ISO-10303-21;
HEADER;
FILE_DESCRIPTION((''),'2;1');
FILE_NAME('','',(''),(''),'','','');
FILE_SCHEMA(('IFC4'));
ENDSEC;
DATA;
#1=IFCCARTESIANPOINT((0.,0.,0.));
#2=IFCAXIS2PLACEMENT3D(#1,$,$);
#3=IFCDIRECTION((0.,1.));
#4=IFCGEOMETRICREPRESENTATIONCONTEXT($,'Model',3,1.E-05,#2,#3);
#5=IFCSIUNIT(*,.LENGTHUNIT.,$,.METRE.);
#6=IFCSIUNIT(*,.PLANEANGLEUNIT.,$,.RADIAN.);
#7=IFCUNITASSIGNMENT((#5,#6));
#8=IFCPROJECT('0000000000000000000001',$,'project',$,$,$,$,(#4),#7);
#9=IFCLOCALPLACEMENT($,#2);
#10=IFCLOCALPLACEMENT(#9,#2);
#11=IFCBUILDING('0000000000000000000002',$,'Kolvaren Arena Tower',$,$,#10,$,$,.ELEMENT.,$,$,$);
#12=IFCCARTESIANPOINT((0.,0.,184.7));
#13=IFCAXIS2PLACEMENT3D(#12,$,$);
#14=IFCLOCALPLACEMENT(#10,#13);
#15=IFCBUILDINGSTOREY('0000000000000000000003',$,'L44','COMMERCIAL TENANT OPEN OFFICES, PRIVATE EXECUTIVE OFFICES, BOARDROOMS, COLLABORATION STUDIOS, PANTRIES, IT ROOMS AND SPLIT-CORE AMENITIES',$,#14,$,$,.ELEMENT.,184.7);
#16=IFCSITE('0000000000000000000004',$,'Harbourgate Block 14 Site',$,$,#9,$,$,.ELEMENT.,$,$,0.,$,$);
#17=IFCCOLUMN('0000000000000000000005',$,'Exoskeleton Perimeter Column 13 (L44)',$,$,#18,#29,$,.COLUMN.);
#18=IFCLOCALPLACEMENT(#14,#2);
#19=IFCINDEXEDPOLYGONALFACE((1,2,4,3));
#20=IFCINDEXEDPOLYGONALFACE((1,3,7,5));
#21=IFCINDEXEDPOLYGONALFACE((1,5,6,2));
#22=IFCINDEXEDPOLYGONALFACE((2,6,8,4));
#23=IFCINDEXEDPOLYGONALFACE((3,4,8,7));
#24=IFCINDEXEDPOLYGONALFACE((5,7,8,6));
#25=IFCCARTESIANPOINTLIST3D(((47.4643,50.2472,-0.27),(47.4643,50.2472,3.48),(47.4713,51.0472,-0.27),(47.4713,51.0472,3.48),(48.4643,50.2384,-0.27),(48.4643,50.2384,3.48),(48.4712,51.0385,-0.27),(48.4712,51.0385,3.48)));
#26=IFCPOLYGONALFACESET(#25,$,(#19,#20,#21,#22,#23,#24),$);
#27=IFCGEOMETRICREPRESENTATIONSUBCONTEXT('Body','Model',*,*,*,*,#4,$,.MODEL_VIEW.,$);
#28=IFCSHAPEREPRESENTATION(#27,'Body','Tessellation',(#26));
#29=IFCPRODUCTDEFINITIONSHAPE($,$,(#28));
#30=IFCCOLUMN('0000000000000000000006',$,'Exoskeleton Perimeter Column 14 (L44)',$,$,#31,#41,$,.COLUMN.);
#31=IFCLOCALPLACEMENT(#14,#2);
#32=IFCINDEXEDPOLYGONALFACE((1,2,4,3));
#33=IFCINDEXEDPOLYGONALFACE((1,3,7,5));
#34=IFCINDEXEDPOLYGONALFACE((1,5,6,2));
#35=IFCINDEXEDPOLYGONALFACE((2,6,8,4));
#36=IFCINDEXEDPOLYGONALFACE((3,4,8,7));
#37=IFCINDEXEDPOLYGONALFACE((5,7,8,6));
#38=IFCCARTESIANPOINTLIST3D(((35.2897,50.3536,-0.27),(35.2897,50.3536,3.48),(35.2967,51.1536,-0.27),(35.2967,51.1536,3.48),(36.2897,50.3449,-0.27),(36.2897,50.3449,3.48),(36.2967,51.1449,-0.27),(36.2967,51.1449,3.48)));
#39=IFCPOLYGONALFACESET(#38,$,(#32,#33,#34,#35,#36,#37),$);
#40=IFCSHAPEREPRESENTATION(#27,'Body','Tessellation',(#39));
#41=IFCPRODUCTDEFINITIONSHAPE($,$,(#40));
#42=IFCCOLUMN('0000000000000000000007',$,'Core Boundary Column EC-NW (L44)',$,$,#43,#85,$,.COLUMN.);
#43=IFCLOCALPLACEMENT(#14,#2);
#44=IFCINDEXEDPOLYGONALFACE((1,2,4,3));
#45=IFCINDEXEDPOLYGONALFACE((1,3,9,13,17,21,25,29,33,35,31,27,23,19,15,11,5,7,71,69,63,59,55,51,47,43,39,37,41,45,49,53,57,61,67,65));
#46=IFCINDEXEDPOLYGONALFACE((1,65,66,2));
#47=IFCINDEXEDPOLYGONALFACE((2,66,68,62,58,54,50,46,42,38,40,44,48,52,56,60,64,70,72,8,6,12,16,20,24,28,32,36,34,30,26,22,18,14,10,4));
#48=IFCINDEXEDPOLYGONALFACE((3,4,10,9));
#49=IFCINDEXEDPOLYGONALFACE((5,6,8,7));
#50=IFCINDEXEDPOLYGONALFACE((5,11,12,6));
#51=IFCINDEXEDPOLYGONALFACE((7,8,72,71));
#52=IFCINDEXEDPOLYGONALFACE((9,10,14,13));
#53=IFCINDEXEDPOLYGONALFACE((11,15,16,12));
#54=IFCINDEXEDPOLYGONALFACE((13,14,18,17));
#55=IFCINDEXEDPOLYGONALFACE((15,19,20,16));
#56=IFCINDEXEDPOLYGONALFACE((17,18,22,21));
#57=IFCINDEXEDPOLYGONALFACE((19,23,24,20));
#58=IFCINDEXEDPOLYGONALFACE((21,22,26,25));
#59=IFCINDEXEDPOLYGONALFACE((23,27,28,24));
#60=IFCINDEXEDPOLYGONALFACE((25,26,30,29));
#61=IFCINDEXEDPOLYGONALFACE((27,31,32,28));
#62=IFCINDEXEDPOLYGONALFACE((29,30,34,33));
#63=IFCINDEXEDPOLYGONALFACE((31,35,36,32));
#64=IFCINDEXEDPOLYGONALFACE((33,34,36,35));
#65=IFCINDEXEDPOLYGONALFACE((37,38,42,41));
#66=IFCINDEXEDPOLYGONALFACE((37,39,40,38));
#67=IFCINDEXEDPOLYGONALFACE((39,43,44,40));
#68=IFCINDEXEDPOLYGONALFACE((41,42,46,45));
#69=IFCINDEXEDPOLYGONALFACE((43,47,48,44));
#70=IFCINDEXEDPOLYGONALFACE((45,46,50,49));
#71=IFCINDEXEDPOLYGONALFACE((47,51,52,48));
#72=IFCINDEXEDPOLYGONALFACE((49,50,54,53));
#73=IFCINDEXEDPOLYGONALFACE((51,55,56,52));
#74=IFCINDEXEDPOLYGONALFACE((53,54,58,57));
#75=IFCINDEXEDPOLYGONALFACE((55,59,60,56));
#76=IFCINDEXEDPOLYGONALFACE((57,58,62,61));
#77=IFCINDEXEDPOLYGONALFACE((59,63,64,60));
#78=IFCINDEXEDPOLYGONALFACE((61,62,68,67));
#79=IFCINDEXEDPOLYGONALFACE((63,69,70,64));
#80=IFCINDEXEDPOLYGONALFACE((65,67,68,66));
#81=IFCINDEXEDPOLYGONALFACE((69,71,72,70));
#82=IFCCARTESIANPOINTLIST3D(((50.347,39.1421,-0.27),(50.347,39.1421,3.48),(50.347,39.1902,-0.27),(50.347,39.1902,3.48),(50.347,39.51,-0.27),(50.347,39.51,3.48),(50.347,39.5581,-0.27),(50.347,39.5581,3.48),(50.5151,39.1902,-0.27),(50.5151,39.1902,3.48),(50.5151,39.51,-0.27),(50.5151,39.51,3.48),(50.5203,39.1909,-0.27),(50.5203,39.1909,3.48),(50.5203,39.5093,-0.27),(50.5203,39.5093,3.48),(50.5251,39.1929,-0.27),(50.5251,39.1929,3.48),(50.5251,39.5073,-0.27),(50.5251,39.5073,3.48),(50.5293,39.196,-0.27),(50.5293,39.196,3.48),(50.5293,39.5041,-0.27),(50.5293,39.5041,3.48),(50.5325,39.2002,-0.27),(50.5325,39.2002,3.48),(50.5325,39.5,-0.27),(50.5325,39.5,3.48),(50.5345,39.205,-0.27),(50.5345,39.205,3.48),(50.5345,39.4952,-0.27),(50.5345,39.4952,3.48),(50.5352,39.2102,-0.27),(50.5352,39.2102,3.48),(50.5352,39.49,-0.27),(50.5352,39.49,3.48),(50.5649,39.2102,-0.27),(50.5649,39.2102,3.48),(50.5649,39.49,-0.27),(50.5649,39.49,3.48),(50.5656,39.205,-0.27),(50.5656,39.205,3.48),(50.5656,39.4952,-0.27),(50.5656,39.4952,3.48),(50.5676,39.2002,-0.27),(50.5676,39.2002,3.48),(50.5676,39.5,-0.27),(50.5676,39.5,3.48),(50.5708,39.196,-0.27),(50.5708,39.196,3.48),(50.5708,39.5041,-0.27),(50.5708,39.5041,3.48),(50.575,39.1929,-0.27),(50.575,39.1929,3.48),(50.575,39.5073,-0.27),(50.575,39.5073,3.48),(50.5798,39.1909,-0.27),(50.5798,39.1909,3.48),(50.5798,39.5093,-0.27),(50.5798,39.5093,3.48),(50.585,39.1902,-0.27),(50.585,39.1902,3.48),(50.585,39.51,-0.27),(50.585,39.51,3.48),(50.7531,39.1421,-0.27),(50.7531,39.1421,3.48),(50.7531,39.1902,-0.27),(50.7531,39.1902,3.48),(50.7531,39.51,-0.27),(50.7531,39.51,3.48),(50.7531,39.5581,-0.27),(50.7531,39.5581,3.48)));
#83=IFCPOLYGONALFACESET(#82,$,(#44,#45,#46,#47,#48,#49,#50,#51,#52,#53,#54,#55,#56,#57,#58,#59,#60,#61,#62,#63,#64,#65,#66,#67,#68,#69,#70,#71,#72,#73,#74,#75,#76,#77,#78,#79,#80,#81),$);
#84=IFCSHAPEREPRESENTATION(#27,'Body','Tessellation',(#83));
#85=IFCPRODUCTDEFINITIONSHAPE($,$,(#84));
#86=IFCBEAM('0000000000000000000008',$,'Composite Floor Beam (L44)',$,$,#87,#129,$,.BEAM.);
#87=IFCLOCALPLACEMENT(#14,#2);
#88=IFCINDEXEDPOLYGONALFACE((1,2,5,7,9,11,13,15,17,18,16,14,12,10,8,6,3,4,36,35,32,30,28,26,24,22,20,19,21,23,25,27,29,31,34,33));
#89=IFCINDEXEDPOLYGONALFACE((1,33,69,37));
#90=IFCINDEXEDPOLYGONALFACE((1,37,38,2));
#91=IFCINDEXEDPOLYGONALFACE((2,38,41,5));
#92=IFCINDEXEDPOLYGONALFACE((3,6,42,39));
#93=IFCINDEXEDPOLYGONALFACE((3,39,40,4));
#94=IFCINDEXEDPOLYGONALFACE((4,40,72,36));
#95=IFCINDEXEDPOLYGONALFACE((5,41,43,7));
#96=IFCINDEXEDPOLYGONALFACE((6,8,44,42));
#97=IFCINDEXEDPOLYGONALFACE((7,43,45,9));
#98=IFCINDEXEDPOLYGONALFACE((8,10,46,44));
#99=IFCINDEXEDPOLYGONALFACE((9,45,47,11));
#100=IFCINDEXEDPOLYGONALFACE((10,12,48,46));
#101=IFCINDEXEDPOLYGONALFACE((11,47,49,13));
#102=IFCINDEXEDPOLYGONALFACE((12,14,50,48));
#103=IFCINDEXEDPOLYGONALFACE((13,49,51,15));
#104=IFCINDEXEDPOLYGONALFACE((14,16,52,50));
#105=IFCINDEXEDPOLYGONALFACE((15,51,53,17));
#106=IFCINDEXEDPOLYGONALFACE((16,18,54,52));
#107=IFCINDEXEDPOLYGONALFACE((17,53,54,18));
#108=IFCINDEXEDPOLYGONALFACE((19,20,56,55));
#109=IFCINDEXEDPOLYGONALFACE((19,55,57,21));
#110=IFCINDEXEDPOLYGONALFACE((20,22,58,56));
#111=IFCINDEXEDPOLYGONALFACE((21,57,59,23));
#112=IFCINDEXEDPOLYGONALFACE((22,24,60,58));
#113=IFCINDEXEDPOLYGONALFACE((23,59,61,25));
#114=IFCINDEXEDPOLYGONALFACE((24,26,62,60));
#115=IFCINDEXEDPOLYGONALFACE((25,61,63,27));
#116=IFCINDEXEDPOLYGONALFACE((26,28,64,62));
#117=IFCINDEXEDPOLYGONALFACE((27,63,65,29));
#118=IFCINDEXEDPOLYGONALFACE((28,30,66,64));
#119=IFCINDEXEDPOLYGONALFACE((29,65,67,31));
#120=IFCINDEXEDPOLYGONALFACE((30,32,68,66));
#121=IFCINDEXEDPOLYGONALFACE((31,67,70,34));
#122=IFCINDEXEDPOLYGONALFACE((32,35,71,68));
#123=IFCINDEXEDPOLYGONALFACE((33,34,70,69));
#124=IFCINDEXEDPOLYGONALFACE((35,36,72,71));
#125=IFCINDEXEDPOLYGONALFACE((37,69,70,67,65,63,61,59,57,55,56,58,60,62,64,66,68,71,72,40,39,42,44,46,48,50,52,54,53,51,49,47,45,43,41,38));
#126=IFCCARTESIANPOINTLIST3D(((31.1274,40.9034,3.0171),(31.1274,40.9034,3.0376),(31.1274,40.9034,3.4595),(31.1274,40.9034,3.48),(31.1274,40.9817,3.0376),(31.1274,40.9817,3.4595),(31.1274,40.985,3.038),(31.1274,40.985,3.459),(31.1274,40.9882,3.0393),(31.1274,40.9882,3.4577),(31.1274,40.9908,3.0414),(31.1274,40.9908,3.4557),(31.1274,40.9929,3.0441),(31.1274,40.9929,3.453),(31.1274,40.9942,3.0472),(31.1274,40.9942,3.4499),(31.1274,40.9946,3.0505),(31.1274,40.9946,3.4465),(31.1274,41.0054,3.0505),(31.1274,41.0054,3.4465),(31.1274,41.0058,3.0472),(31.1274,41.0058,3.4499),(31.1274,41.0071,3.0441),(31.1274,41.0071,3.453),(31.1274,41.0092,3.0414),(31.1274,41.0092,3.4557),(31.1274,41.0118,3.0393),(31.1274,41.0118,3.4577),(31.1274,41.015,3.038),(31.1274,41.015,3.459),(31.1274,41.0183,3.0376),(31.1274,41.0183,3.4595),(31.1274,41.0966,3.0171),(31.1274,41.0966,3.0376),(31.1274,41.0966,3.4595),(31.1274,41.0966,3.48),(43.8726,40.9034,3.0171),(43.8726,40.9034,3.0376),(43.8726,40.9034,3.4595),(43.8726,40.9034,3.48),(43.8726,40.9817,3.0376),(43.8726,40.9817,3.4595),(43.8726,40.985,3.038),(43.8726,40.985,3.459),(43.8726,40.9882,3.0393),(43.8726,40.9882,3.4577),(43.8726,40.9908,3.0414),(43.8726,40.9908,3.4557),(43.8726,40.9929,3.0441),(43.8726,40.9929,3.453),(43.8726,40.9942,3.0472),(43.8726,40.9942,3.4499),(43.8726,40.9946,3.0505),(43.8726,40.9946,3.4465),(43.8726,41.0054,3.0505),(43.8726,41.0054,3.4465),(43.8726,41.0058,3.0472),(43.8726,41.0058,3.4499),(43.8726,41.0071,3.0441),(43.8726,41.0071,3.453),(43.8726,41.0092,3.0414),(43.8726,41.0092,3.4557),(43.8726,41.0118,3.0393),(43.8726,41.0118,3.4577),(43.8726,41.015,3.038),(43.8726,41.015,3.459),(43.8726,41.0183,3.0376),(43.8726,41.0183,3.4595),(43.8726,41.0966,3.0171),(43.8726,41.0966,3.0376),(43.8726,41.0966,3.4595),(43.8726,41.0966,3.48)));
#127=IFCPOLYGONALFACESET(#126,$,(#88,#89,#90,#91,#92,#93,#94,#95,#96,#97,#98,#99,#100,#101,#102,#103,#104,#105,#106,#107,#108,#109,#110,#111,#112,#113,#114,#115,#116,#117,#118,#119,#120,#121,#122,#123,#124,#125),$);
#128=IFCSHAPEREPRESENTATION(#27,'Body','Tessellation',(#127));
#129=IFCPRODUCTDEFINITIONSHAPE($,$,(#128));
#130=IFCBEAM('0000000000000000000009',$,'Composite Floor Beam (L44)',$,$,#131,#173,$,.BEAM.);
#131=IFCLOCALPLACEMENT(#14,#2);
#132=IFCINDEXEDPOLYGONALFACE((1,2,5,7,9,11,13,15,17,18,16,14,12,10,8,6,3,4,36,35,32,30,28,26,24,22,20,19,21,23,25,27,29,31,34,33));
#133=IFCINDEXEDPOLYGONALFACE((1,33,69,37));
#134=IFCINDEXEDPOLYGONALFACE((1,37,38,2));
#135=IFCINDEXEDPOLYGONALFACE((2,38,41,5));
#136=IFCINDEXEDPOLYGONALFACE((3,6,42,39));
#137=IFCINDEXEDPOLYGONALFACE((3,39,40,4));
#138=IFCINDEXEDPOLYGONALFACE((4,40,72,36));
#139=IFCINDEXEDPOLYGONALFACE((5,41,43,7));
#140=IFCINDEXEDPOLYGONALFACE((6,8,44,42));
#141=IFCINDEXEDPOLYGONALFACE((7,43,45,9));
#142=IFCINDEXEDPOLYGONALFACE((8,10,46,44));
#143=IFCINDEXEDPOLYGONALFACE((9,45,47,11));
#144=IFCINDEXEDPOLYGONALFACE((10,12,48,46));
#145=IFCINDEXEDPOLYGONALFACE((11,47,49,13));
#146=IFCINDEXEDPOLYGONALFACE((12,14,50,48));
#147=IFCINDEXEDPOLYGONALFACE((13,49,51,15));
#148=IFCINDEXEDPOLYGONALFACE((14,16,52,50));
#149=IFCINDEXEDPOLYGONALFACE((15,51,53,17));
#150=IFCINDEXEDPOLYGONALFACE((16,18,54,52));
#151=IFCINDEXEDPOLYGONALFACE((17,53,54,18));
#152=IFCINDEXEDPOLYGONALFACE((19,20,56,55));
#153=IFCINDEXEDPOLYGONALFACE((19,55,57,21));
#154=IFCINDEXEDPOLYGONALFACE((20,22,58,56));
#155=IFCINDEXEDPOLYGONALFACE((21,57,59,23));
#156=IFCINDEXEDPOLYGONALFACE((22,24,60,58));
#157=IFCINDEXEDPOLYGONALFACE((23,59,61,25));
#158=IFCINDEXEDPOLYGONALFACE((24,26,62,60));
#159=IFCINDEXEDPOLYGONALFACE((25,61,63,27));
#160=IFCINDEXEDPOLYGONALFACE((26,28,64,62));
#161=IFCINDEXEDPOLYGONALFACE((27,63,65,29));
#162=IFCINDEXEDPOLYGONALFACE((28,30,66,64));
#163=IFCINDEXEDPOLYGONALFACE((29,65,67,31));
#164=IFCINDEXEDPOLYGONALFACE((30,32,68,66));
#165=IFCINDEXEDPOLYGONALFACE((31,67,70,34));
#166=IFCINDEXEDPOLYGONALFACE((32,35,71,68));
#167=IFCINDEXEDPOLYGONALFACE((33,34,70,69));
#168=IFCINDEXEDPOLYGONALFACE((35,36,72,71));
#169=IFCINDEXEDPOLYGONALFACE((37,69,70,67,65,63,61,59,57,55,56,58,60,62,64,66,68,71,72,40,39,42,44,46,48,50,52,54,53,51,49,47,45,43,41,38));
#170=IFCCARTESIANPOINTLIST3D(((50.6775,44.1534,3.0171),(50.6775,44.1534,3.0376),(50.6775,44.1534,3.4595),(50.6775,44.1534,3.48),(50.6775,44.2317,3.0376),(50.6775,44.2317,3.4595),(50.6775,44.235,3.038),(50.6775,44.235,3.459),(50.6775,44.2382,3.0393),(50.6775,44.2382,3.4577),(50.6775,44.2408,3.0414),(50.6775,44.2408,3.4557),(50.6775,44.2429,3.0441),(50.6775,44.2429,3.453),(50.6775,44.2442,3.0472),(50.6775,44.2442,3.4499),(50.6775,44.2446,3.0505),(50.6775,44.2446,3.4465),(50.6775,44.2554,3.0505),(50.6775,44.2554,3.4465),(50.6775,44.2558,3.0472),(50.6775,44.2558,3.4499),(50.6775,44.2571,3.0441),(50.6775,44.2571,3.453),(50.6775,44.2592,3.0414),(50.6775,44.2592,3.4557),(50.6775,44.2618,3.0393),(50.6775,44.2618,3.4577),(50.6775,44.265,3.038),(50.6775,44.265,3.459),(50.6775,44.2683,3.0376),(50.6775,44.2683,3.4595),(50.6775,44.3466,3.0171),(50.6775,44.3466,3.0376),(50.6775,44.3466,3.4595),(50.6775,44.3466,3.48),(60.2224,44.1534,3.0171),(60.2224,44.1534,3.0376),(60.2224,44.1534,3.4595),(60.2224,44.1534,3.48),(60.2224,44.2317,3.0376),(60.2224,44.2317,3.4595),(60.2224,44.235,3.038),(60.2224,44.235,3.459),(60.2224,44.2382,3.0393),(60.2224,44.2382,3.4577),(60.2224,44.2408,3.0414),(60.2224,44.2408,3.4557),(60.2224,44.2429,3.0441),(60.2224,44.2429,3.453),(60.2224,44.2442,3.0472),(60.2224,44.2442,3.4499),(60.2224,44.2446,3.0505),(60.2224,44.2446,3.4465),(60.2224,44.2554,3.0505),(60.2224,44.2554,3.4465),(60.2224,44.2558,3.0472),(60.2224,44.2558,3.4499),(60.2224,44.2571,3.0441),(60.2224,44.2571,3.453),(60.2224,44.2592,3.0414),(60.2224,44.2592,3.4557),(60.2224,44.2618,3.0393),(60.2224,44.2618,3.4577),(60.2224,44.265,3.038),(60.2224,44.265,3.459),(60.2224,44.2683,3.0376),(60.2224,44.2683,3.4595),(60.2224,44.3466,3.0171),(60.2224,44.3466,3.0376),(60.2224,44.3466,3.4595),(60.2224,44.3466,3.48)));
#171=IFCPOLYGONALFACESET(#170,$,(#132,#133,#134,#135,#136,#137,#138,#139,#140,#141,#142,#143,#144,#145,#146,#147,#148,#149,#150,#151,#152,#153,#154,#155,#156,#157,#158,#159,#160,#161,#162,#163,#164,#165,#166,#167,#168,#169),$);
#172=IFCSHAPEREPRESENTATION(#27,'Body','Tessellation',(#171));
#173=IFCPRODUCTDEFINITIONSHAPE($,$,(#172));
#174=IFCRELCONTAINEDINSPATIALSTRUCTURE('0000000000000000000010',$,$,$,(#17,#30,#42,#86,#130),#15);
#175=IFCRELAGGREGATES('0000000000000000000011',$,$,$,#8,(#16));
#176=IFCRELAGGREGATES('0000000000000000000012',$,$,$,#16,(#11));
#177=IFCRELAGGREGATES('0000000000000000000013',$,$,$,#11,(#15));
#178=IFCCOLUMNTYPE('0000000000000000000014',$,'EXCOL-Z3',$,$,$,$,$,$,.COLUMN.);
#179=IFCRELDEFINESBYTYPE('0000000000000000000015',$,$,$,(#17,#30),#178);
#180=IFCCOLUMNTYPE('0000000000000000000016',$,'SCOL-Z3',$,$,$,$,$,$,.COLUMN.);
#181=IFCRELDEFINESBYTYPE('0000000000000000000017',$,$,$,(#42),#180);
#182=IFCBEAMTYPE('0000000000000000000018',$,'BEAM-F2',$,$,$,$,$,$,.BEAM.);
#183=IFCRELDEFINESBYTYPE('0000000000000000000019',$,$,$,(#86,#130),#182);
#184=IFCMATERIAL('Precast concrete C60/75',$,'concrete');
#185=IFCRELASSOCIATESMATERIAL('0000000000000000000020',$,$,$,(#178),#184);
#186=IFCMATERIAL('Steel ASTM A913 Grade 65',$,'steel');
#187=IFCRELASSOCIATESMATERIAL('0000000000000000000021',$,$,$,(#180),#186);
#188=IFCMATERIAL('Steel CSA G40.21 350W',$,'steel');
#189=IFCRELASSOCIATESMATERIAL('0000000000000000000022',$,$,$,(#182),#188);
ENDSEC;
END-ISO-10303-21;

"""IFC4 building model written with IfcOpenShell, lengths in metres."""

from ifc_helpers import new_model, si_unit, direction, frame, origin, origin_2d, place, context, subcontext, project, spatial, rectangle, i_section, extrude, material, material_profile, profile_set, type_object, element, save


model = new_model("IFC4")

# Units and contexts
model_context = context("Model", 3, precision=1e-05, world=origin(), true_north=direction((0.0, 1.0)))
body_context = subcontext(model_context, "Body", "Model", "MODEL_VIEW")
ifc_project = project(units=[si_unit("LENGTHUNIT", "METRE"), si_unit("PLANEANGLEUNIT", "RADIAN")], contexts=[model_context])

# Site, building, storey
site_placement = place(None, origin())
site = spatial("IfcSite", under=ifc_project, at=site_placement, Name="Harbourgate Block 14 Site", CompositionType="ELEMENT", RefElevation=0.0)
building_placement = place(site_placement, origin())
building = spatial("IfcBuilding", under=site, at=building_placement, Name="Kolvaren Arena Tower", CompositionType="ELEMENT")
storey_placement = place(building_placement, frame((0.0, 0.0, 184.7)))
storey = spatial("IfcBuildingStorey", under=building, at=storey_placement, Name="L44", Description="COMMERCIAL TENANT OPEN OFFICES, PRIVATE EXECUTIVE OFFICES, BOARDROOMS, COLLABORATION STUDIOS, PANTRIES, IT ROOMS AND SPLIT-CORE AMENITIES", CompositionType="ELEMENT", Elevation=184.7)

# Columns
ifc_material_1 = material(Name="Precast concrete C60/75", Category="concrete")
ifc_material_profile_1 = material_profile(ifc_material_1, rectangle(XDim=1.0, YDim=0.8, at=origin_2d()), Name="RC-1000x800")
ifc_profile_set_1 = profile_set([ifc_material_profile_1], Name="Precast concrete C60/75")
column_type_1 = type_object("IfcColumnType", Name="EXCOL-Z3", PredefinedType="COLUMN", material=ifc_profile_set_1)
for number, where, z_axis, x_axis, name in (
    (1, (47.9678, 50.6428, -0.27), (0.0, 0.0, 1.0), (0.999962, -0.008727, 0.0), "Exoskeleton Perimeter Column 13 (L44)"),
    (2, (35.7932, 50.7493, -0.27), (0.0, 0.0, 1.0), (0.999962, -0.008727, 0.0), "Exoskeleton Perimeter Column 14 (L44)"),
):
    element("IfcColumn", number, at=place(storey_placement, frame(where, z_axis=z_axis, x_axis=x_axis)), inside=storey, type_object=column_type_1, Name=name, PredefinedType="COLUMN", context=body_context, shape_type="SweptSolid", body=[
        extrude(rectangle(XDim=1.0, YDim=0.8, at=origin_2d()), origin(), (0.0, 0.0, 1.0), 3.75),
    ])
ifc_material_2 = material(Name="Steel ASTM A913 Grade 65", Category="steel")
ifc_material_profile_2 = material_profile(ifc_material_2, i_section(OverallWidth=0.406, OverallDepth=0.416, WebThickness=0.0298, FlangeThickness=0.0481, FilletRadius=0.02, at=origin_2d()), Name="W360x382")
ifc_profile_set_2 = profile_set([ifc_material_profile_2], Name="Steel ASTM A913 Grade 65")
column_type_2 = type_object("IfcColumnType", Name="SCOL-Z3", PredefinedType="COLUMN", material=ifc_profile_set_2)
column_placement = place(storey_placement, frame((50.55, 39.3501, -0.27), z_axis=(0.0, 0.0, 1.0), x_axis=(1.0, 0.0, 0.0)))
element("IfcColumn", 3, at=column_placement, inside=storey, type_object=column_type_2, Name="Core Boundary Column EC-NW (L44)", PredefinedType="COLUMN", context=body_context, shape_type="SweptSolid", body=[
    extrude(i_section(OverallWidth=0.406, OverallDepth=0.416, WebThickness=0.0298, FlangeThickness=0.0481, FilletRadius=0.02, at=origin_2d()), origin(), (0.0, 0.0, 1.0), 3.75),
])

# Beams
ifc_material_3 = material(Name="Steel CSA G40.21 350W", Category="steel")
ifc_material_profile_3 = material_profile(ifc_material_3, i_section(OverallWidth=0.1931, OverallDepth=0.4629, WebThickness=0.0107, FlangeThickness=0.0205, FilletRadius=0.0129, at=origin_2d()), Name="W460x113")
ifc_profile_set_3 = profile_set([ifc_material_profile_3], Name="Steel CSA G40.21 350W")
beam_type_1 = type_object("IfcBeamType", Name="BEAM-F2", PredefinedType="BEAM", material=ifc_profile_set_3)
beam_1_placement = place(storey_placement, frame((31.1274, 41.0, 3.2485), z_axis=(1.0, 0.0, 0.0), x_axis=(0.0, 1.0, 0.0)))
element("IfcBeam", 4, at=beam_1_placement, inside=storey, type_object=beam_type_1, Name="Composite Floor Beam (L44)", PredefinedType="BEAM", context=body_context, shape_type="SweptSolid", body=[
    extrude(i_section(OverallWidth=0.1931, OverallDepth=0.4629, WebThickness=0.0107, FlangeThickness=0.0205, FilletRadius=0.0129, at=origin_2d()), origin(), (0.0, 0.0, 1.0), 12.7451),
])
beam_2_placement = place(storey_placement, frame((50.6775, 44.25, 3.2485), z_axis=(1.0, 0.0, 0.0), x_axis=(0.0, 1.0, 0.0)))
element("IfcBeam", 5, at=beam_2_placement, inside=storey, type_object=beam_type_1, Name="Composite Floor Beam (L44)", PredefinedType="BEAM", context=body_context, shape_type="SweptSolid", body=[
    extrude(i_section(OverallWidth=0.1931, OverallDepth=0.4629, WebThickness=0.0107, FlangeThickness=0.0205, FilletRadius=0.0129, at=origin_2d()), origin(), (0.0, 0.0, 1.0), 9.5449),
])

save(model, "model.ifc")
